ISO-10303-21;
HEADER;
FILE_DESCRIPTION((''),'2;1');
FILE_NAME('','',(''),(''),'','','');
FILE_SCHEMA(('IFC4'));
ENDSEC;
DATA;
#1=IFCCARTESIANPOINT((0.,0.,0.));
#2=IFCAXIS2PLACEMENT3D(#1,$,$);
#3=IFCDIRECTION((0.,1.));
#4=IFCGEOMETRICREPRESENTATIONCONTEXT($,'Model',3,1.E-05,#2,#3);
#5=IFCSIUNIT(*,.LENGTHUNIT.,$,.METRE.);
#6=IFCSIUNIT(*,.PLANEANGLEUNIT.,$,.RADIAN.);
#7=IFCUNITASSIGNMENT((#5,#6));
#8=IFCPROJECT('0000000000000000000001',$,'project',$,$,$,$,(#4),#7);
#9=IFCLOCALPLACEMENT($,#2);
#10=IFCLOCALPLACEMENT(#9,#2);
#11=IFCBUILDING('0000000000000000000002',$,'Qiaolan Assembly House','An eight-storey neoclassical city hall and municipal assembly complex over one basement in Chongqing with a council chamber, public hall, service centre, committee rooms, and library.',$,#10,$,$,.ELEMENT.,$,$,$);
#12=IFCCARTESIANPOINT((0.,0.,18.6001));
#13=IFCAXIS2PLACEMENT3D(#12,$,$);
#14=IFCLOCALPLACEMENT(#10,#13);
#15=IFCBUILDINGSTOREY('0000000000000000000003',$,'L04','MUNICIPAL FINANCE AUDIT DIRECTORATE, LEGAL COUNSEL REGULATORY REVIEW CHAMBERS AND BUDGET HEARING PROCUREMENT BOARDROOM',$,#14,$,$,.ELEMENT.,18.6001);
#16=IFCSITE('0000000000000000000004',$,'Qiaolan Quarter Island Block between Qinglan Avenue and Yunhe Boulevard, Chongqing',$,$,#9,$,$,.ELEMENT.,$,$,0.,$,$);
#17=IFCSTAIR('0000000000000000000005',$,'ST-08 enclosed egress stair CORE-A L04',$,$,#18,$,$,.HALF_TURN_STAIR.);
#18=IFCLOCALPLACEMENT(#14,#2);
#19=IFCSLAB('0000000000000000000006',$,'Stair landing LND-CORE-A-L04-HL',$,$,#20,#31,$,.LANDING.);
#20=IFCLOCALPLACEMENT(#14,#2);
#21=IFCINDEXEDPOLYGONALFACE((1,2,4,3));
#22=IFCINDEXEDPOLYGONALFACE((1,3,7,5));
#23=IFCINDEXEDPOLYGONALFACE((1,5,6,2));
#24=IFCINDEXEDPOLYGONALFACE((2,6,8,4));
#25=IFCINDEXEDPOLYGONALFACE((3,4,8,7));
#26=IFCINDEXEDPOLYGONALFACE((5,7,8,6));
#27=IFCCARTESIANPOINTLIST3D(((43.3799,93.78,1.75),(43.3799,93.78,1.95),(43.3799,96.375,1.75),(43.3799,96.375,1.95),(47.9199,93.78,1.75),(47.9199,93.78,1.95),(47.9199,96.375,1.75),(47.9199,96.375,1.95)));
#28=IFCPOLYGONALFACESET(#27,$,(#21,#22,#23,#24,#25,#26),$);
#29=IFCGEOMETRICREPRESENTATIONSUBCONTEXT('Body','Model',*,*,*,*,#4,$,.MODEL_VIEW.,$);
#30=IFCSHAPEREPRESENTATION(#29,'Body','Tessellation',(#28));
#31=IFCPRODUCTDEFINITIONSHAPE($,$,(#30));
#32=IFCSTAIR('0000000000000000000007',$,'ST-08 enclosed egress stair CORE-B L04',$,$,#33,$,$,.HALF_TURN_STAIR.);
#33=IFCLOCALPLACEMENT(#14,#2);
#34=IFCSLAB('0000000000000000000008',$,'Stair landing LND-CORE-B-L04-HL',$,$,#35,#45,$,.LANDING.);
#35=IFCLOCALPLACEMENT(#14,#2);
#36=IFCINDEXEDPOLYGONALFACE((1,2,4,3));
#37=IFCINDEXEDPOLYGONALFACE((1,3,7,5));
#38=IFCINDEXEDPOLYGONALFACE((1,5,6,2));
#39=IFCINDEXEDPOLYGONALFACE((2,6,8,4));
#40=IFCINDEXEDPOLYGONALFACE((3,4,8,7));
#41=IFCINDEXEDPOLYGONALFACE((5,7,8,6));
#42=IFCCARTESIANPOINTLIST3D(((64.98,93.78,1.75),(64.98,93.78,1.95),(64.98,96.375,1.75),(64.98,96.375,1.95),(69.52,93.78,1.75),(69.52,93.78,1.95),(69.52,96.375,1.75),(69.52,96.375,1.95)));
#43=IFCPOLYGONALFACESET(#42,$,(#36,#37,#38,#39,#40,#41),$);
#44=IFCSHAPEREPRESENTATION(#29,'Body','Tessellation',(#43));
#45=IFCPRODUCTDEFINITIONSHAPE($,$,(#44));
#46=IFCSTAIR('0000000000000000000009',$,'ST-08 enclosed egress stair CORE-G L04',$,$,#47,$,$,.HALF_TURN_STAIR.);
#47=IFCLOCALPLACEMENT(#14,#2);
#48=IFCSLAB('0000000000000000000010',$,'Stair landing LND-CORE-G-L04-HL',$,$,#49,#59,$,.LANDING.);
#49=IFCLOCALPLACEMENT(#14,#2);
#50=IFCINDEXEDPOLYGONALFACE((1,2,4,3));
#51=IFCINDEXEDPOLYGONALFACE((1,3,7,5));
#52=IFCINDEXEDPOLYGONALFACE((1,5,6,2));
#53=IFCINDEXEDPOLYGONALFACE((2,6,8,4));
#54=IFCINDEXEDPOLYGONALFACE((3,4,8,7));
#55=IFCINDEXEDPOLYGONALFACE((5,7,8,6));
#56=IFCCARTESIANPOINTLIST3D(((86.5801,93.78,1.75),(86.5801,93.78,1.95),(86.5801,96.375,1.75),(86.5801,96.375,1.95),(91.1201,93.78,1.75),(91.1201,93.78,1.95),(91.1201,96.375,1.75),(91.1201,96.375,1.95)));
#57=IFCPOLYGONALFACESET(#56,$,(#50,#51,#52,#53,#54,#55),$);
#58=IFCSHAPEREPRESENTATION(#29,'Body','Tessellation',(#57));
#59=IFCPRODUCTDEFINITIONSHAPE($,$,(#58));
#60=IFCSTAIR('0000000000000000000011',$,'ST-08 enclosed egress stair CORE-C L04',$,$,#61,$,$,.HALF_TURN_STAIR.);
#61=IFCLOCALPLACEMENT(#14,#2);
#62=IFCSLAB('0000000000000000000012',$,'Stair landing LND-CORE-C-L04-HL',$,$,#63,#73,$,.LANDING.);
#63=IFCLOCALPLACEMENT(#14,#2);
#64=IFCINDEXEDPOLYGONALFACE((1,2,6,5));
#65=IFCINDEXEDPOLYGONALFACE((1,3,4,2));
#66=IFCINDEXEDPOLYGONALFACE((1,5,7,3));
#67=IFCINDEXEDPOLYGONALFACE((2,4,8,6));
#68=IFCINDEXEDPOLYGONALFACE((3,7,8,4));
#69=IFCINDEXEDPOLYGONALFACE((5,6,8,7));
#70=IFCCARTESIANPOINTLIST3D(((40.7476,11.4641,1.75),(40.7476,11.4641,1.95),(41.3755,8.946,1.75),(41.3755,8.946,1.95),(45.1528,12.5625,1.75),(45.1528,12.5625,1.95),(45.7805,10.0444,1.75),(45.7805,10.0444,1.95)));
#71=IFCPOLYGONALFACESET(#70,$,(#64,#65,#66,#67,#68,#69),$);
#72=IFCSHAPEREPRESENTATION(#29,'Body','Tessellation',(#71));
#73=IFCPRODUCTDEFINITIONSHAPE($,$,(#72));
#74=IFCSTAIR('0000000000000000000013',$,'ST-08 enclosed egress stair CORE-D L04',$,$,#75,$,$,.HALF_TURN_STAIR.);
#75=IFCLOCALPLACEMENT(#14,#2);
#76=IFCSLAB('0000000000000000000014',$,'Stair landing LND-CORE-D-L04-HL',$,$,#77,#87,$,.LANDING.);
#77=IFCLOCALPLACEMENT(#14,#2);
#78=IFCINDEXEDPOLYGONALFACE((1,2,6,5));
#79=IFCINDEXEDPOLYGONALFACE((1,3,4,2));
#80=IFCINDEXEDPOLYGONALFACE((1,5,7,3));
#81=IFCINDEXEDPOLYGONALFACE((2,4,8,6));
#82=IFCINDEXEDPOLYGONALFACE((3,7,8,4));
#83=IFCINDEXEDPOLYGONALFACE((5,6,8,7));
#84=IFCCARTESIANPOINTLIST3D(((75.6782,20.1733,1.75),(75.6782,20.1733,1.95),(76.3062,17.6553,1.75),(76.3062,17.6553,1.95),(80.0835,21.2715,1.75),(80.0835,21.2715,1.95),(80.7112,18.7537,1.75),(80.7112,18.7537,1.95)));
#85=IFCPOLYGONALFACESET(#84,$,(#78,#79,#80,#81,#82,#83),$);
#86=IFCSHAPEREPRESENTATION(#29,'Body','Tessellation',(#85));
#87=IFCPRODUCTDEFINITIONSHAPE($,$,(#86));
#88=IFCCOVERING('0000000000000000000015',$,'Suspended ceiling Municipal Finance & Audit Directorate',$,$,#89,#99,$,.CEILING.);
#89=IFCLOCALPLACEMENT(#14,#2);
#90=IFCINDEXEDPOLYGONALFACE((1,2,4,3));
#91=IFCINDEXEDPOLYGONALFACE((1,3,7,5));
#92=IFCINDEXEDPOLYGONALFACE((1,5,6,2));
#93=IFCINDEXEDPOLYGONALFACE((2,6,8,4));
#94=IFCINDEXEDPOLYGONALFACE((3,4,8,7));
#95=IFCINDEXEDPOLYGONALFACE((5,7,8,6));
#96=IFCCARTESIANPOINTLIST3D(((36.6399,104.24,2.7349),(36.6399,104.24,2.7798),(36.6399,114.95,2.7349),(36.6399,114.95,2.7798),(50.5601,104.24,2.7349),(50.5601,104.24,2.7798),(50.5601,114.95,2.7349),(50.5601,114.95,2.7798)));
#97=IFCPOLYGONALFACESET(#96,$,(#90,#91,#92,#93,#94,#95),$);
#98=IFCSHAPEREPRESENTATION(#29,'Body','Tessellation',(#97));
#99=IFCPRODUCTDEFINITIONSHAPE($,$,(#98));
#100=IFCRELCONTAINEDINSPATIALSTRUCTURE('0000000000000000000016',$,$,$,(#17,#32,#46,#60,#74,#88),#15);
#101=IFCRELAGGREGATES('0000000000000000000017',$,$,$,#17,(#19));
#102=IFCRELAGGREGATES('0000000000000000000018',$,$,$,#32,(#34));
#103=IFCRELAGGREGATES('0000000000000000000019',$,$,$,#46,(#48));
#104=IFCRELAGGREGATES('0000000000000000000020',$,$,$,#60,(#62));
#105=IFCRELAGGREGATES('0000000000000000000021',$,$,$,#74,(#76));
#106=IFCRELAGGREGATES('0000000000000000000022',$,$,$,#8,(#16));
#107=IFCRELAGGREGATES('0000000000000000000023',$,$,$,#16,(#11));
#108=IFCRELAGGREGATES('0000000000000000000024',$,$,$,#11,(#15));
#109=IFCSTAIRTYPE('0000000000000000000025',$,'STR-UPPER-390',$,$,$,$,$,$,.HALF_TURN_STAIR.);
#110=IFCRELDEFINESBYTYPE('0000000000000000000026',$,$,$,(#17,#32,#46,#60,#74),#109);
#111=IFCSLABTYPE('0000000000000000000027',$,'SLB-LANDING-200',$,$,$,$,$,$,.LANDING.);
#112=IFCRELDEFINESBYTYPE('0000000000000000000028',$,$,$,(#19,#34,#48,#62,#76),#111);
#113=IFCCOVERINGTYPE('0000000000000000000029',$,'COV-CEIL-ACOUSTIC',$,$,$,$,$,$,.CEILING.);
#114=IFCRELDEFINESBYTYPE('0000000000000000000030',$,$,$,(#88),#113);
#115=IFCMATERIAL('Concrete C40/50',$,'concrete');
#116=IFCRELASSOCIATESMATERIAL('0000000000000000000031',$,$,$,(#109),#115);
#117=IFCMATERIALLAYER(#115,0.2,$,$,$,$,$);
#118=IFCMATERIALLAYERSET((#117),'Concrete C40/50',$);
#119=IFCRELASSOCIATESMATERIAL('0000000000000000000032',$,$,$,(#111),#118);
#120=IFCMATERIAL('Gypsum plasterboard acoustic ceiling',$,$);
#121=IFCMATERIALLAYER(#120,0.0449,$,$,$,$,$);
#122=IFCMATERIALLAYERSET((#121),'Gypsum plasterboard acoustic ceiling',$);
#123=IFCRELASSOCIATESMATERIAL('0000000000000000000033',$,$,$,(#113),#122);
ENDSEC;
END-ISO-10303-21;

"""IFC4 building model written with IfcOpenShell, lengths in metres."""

from ifc_helpers import new_model, si_unit, direction, frame, origin, place, context, subcontext, project, spatial, polyline, outline, extrude, material, layer, layer_set, type_object, element, aggregate, save


model = new_model("IFC4")

# Units and contexts
model_context = context("Model", 3, precision=1e-05, world=origin(), true_north=direction((0.0, 1.0)))
body_context = subcontext(model_context, "Body", "Model", "MODEL_VIEW")
ifc_project = project(units=[si_unit("LENGTHUNIT", "METRE"), si_unit("PLANEANGLEUNIT", "RADIAN")], contexts=[model_context])

# Site, building, storey
site_placement = place(None, origin())
site = spatial("IfcSite", under=ifc_project, at=site_placement, Name="Qiaolan Quarter Island Block between Qinglan Avenue and Yunhe Boulevard, Chongqing", CompositionType="ELEMENT", RefElevation=0.0)
building_placement = place(site_placement, origin())
building = spatial("IfcBuilding", under=site, at=building_placement, Name="Qiaolan Assembly House", Description="An eight-storey neoclassical city hall and municipal assembly complex over one basement in Chongqing with a council chamber, public hall, service centre, committee rooms, and library.", CompositionType="ELEMENT")
storey_placement = place(building_placement, frame((0.0, 0.0, 18.6001)))
storey = spatial("IfcBuildingStorey", under=building, at=storey_placement, Name="L04", Description="MUNICIPAL FINANCE AUDIT DIRECTORATE, LEGAL COUNSEL REGULATORY REVIEW CHAMBERS AND BUDGET HEARING PROCUREMENT BOARDROOM", CompositionType="ELEMENT", Elevation=18.6001)

# Stairs, slabs
ifc_material_1 = material(Name="Concrete C40/50", Category="concrete")
stair_type = type_object("IfcStairType", Name="STR-UPPER-390", PredefinedType="HALF_TURN_STAIR", material=ifc_material_1)
stair_1_placement = place(storey_placement, origin())
stair_1 = element("IfcStair", 1, at=stair_1_placement, inside=storey, type_object=stair_type, Name="ST-08 enclosed egress stair CORE-A L04", PredefinedType="HALF_TURN_STAIR")
ifc_layer_1 = layer(ifc_material_1, 0.2)
ifc_layer_set_1 = layer_set([ifc_layer_1], Name="Concrete C40/50")
slab_type = type_object("IfcSlabType", Name="SLB-LANDING-200", PredefinedType="LANDING", material=ifc_layer_set_1)
slab_1_placement = place(storey_placement, frame((0.0, 0.0, 1.75)))
slab_1 = element("IfcSlab", 2, at=slab_1_placement, type_object=slab_type, Name="Stair landing LND-CORE-A-L04-HL", PredefinedType="LANDING", context=body_context, shape_type="SweptSolid", body=[
    extrude(outline(polyline([(43.3799, 93.78), (43.3799, 96.375), (47.9199, 96.375), (47.9199, 93.78), (43.3799, 93.78)])), origin(), (0.0, 0.0, 1.0), 0.2),
])
aggregate(stair_1, [slab_1])
stair_2_placement = place(storey_placement, origin())
stair_2 = element("IfcStair", 3, at=stair_2_placement, inside=storey, type_object=stair_type, Name="ST-08 enclosed egress stair CORE-B L04", PredefinedType="HALF_TURN_STAIR")
slab_2_placement = place(storey_placement, frame((0.0, 0.0, 1.75)))
slab_2 = element("IfcSlab", 4, at=slab_2_placement, type_object=slab_type, Name="Stair landing LND-CORE-B-L04-HL", PredefinedType="LANDING", context=body_context, shape_type="SweptSolid", body=[
    extrude(outline(polyline([(64.98, 93.78), (64.98, 96.375), (69.52, 96.375), (69.52, 93.78), (64.98, 93.78)])), origin(), (0.0, 0.0, 1.0), 0.2),
])
aggregate(stair_2, [slab_2])
stair_3_placement = place(storey_placement, origin())
stair_3 = element("IfcStair", 5, at=stair_3_placement, inside=storey, type_object=stair_type, Name="ST-08 enclosed egress stair CORE-G L04", PredefinedType="HALF_TURN_STAIR")
slab_3_placement = place(storey_placement, frame((0.0, 0.0, 1.75)))
slab_3 = element("IfcSlab", 6, at=slab_3_placement, type_object=slab_type, Name="Stair landing LND-CORE-G-L04-HL", PredefinedType="LANDING", context=body_context, shape_type="SweptSolid", body=[
    extrude(outline(polyline([(86.5801, 93.78), (86.5801, 96.375), (91.1201, 96.375), (91.1201, 93.78), (86.5801, 93.78)])), origin(), (0.0, 0.0, 1.0), 0.2),
])
aggregate(stair_3, [slab_3])
stair_4_placement = place(storey_placement, origin())
stair_4 = element("IfcStair", 7, at=stair_4_placement, inside=storey, type_object=stair_type, Name="ST-08 enclosed egress stair CORE-C L04", PredefinedType="HALF_TURN_STAIR")
slab_4_placement = place(storey_placement, frame((0.0, 0.0, 1.75)))
slab_4 = element("IfcSlab", 8, at=slab_4_placement, type_object=slab_type, Name="Stair landing LND-CORE-C-L04-HL", PredefinedType="LANDING", context=body_context, shape_type="SweptSolid", body=[
    extrude(outline(polyline([(41.3755, 8.946), (40.7476, 11.4641), (45.1528, 12.5625), (45.7805, 10.0444), (41.3755, 8.946)])), origin(), (0.0, 0.0, 1.0), 0.2),
])
aggregate(stair_4, [slab_4])
stair_5_placement = place(storey_placement, origin())
stair_5 = element("IfcStair", 9, at=stair_5_placement, inside=storey, type_object=stair_type, Name="ST-08 enclosed egress stair CORE-D L04", PredefinedType="HALF_TURN_STAIR")
slab_5_placement = place(storey_placement, frame((0.0, 0.0, 1.75)))
slab_5 = element("IfcSlab", 10, at=slab_5_placement, type_object=slab_type, Name="Stair landing LND-CORE-D-L04-HL", PredefinedType="LANDING", context=body_context, shape_type="SweptSolid", body=[
    extrude(outline(polyline([(76.3062, 17.6553), (75.6782, 20.1733), (80.0835, 21.2715), (80.7112, 18.7537), (76.3062, 17.6553)])), origin(), (0.0, 0.0, 1.0), 0.2),
])
aggregate(stair_5, [slab_5])

# Covering
ifc_material_2 = material(Name="Gypsum plasterboard acoustic ceiling")
ifc_layer_2 = layer(ifc_material_2, 0.0449)
ifc_layer_set_2 = layer_set([ifc_layer_2], Name="Gypsum plasterboard acoustic ceiling")
covering_type = type_object("IfcCoveringType", Name="COV-CEIL-ACOUSTIC", PredefinedType="CEILING", material=ifc_layer_set_2)
covering_placement = place(storey_placement, frame((0.0, 0.0, 2.7349)))
element("IfcCovering", 11, at=covering_placement, inside=storey, type_object=covering_type, Name="Suspended ceiling Municipal Finance & Audit Directorate", PredefinedType="CEILING", context=body_context, shape_type="SweptSolid", body=[
    extrude(outline(polyline([(36.6399, 104.24), (50.5601, 104.24), (50.5601, 114.95), (36.6399, 114.95), (36.6399, 104.24)])), origin(), (0.0, 0.0, 1.0), 0.0449),
])

save(model, "model.ifc")
